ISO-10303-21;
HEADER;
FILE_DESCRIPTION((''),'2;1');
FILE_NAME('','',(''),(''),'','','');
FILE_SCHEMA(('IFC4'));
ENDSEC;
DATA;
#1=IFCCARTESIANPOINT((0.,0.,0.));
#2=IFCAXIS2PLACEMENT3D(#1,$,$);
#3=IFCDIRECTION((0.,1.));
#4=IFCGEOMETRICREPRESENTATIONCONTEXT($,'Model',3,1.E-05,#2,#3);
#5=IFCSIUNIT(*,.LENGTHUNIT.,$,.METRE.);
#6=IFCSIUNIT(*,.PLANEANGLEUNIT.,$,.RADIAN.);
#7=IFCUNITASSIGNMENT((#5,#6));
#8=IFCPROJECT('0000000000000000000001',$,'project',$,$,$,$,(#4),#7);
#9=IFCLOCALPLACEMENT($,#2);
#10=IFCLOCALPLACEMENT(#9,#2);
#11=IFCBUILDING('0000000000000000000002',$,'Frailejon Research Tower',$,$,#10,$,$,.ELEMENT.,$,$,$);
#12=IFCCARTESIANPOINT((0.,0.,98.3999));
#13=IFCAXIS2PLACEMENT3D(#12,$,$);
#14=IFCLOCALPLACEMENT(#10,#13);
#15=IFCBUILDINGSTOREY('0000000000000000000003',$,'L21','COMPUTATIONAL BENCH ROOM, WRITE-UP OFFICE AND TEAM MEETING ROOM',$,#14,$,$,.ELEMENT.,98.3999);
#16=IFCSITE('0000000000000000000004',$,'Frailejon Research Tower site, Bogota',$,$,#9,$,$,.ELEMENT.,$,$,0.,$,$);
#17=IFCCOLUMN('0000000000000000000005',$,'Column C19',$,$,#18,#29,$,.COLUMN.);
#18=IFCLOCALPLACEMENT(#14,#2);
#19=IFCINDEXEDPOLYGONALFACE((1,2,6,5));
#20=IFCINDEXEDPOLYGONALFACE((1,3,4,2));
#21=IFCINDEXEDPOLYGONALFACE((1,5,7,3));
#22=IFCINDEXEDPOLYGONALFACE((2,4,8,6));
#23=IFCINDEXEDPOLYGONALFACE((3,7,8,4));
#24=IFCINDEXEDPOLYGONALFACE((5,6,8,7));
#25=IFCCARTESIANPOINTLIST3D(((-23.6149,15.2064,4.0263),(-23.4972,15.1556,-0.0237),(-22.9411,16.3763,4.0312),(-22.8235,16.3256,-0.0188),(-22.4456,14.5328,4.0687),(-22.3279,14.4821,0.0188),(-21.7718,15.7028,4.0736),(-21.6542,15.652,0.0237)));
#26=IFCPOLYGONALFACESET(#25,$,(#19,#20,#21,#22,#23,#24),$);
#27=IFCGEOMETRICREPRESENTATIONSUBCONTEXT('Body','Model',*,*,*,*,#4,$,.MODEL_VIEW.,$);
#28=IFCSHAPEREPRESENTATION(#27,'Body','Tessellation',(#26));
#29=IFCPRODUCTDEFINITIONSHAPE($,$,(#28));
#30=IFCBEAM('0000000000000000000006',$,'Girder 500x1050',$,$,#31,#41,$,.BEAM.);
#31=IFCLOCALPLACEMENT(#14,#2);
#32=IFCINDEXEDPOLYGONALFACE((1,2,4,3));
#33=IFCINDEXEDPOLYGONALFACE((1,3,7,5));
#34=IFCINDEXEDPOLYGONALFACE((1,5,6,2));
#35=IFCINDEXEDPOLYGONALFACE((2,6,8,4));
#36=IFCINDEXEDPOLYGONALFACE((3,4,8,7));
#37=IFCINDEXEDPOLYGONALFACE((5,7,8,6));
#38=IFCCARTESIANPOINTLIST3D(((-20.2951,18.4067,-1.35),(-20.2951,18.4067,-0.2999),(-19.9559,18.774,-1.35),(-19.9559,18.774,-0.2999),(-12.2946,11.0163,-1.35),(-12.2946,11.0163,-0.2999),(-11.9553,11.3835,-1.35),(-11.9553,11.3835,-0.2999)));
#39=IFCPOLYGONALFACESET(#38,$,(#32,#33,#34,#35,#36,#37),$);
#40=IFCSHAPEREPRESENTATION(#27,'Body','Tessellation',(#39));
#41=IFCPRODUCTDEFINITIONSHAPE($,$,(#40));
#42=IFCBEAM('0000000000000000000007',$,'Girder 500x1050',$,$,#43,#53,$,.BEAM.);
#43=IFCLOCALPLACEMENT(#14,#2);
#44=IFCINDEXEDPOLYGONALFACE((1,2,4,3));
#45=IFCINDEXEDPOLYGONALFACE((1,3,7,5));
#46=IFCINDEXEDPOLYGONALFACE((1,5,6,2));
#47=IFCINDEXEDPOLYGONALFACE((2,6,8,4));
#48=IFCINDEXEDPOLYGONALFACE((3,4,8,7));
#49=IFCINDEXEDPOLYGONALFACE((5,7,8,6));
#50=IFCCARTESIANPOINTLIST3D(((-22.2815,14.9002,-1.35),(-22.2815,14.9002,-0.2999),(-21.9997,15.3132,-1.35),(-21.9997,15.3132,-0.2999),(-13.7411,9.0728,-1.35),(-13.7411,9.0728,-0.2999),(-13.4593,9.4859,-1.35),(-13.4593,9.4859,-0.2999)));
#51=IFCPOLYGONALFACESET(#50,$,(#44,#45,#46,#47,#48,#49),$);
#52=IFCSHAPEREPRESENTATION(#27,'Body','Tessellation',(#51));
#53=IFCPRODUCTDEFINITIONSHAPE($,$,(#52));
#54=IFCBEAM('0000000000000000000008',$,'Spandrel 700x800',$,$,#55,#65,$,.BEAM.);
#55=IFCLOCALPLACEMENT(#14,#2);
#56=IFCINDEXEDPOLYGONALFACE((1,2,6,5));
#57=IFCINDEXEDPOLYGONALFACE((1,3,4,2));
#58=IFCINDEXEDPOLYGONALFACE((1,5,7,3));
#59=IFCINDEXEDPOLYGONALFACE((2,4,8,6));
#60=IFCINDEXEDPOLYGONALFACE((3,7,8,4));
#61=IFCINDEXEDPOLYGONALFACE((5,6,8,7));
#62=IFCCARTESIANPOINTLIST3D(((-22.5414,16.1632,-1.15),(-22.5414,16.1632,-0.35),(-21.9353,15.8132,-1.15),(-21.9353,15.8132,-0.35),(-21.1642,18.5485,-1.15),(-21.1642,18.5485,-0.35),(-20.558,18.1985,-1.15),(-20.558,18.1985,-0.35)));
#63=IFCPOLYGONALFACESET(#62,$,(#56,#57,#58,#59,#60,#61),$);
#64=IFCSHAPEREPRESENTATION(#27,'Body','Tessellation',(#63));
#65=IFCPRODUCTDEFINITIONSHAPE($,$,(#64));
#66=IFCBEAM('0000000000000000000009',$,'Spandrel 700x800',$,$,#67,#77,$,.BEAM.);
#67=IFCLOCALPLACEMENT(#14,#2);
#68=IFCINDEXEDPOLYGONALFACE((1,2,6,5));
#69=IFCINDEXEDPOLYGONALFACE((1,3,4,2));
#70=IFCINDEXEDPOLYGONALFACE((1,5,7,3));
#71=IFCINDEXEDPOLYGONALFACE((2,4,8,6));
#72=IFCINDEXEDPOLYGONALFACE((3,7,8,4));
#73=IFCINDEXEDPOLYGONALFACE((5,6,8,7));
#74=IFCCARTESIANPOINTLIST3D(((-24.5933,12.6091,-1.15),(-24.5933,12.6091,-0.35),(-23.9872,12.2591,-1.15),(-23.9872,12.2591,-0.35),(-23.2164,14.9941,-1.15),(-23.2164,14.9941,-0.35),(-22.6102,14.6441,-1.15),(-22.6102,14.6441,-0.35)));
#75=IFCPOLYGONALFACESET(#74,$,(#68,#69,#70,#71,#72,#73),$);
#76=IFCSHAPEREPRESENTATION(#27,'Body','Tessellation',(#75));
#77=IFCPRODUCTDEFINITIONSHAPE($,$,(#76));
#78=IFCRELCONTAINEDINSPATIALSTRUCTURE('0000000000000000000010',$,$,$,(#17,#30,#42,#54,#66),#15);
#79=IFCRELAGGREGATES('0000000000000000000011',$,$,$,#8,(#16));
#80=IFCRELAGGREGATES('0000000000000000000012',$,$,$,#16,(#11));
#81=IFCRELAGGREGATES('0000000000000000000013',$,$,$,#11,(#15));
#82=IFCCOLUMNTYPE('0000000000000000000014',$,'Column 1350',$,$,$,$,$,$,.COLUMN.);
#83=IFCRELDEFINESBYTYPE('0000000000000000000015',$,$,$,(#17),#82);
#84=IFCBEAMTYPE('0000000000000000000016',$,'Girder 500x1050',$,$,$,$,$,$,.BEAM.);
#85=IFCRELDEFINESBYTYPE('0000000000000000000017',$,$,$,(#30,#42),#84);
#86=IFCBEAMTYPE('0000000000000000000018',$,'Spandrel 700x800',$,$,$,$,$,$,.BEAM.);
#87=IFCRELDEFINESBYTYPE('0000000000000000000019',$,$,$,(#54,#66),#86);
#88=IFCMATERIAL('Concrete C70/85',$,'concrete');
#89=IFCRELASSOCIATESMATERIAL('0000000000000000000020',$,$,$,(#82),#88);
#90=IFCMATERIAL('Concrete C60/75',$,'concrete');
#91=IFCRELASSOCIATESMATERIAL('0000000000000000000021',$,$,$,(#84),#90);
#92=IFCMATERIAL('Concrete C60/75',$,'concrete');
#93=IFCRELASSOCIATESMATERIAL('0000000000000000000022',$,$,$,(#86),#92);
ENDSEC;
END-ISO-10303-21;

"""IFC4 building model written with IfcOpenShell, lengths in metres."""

from ifc_helpers import new_model, si_unit, direction, frame, origin, origin_2d, place, context, subcontext, project, spatial, rectangle, extrude, material, material_profile, profile_set, type_object, element, save


model = new_model("IFC4")

# Units and contexts
model_context = context("Model", 3, precision=1e-05, world=origin(), true_north=direction((0.0, 1.0)))
body_context = subcontext(model_context, "Body", "Model", "MODEL_VIEW")
ifc_project = project(units=[si_unit("LENGTHUNIT", "METRE"), si_unit("PLANEANGLEUNIT", "RADIAN")], contexts=[model_context])

# Site, building, storey
site_placement = place(None, origin())
site = spatial("IfcSite", under=ifc_project, at=site_placement, Name="Frailejon Research Tower site, Bogota", CompositionType="ELEMENT", RefElevation=0.0)
building_placement = place(site_placement, origin())
building = spatial("IfcBuilding", under=site, at=building_placement, Name="Frailejon Research Tower", CompositionType="ELEMENT")
storey_placement = place(building_placement, frame((0.0, 0.0, 98.3999)))
storey = spatial("IfcBuildingStorey", under=building, at=storey_placement, Name="L21", Description="COMPUTATIONAL BENCH ROOM, WRITE-UP OFFICE AND TEAM MEETING ROOM", CompositionType="ELEMENT", Elevation=98.3999)

# Column
ifc_material_1 = material(Name="Concrete C70/85", Category="concrete")
ifc_material_profile_1 = material_profile(ifc_material_1, rectangle(XDim=1.3501, YDim=1.3501, at=origin_2d()), Name="Column 1350")
ifc_profile_set_1 = profile_set([ifc_material_profile_1], Name="Concrete C70/85")
column_type = type_object("IfcColumnType", Name="Column 1350", PredefinedType="COLUMN", material=ifc_profile_set_1)
column_placement = place(storey_placement, frame((-22.5757, 15.4038, 0.0), z_axis=(-0.029041, 0.012532, 0.9995), x_axis=(-0.499042, -0.86657, -0.003634)))
element("IfcColumn", 1, at=column_placement, inside=storey, type_object=column_type, Name="Column C19", PredefinedType="COLUMN", context=body_context, shape_type="SweptSolid", body=[
    extrude(rectangle(XDim=1.3501, YDim=1.3501, at=origin_2d()), origin(), (0.0, 0.0, 1.0), 4.052),
])

# Beams
ifc_material_2 = material(Name="Concrete C60/75", Category="concrete")
ifc_material_profile_2 = material_profile(ifc_material_2, rectangle(XDim=0.5, YDim=1.05, at=origin_2d()), Name="Girder 500x1050")
ifc_profile_set_2 = profile_set([ifc_material_profile_2], Name="Concrete C60/75")
beam_type_1 = type_object("IfcBeamType", Name="Girder 500x1050", PredefinedType="BEAM", material=ifc_profile_set_2)
beam_1_placement = place(storey_placement, frame((-20.1255, 18.5903, -0.825), z_axis=(0.73456, -0.678544, 0.0), x_axis=(0.678544, 0.73456, 0.0)))
element("IfcBeam", 2, at=beam_1_placement, inside=storey, type_object=beam_type_1, Name="Girder 500x1050", PredefinedType="BEAM", context=body_context, shape_type="SweptSolid", body=[
    extrude(rectangle(XDim=0.5, YDim=1.05, at=origin_2d()), origin(), (0.0, 0.0, 1.0), 10.8916),
])
beam_2_placement = place(storey_placement, frame((-22.1406, 15.1067, -0.825), z_axis=(0.826033, -0.563621, 0.0), x_axis=(0.563621, 0.826033, 0.0)))
element("IfcBeam", 3, at=beam_2_placement, inside=storey, type_object=beam_type_1, Name="Girder 500x1050", PredefinedType="BEAM", context=body_context, shape_type="SweptSolid", body=[
    extrude(rectangle(XDim=0.5, YDim=1.05, at=origin_2d()), origin(), (0.0, 0.0, 1.0), 10.3391),
])
ifc_material_3 = material(Name="Concrete C60/75", Category="concrete")
ifc_material_profile_3 = material_profile(ifc_material_3, rectangle(XDim=0.7, YDim=0.8, at=origin_2d()), Name="Spandrel 700x800")
ifc_profile_set_3 = profile_set([ifc_material_profile_3], Name="Concrete C60/75")
beam_type_2 = type_object("IfcBeamType", Name="Spandrel 700x800", PredefinedType="BEAM", material=ifc_profile_set_3)
beam_3_placement = place(storey_placement, frame((-20.8611, 18.3735, -0.75), z_axis=(-0.500019, -0.866014, 0.0), x_axis=(0.866014, -0.500019, 0.0)))
element("IfcBeam", 4, at=beam_3_placement, inside=storey, type_object=beam_type_2, Name="Spandrel 700x800", PredefinedType="BEAM", context=body_context, shape_type="SweptSolid", body=[
    extrude(rectangle(XDim=0.7, YDim=0.8, at=origin_2d()), origin(), (0.0, 0.0, 1.0), 2.7544),
])
beam_4_placement = place(storey_placement, frame((-22.9133, 14.8191, -0.75), z_axis=(-0.499991, -0.866031, 0.0), x_axis=(0.866031, -0.499991, 0.0)))
element("IfcBeam", 5, at=beam_4_placement, inside=storey, type_object=beam_type_2, Name="Spandrel 700x800", PredefinedType="BEAM", context=body_context, shape_type="SweptSolid", body=[
    extrude(rectangle(XDim=0.7, YDim=0.8, at=origin_2d()), origin(), (0.0, 0.0, 1.0), 2.7539),
])

save(model, "model.ifc")
